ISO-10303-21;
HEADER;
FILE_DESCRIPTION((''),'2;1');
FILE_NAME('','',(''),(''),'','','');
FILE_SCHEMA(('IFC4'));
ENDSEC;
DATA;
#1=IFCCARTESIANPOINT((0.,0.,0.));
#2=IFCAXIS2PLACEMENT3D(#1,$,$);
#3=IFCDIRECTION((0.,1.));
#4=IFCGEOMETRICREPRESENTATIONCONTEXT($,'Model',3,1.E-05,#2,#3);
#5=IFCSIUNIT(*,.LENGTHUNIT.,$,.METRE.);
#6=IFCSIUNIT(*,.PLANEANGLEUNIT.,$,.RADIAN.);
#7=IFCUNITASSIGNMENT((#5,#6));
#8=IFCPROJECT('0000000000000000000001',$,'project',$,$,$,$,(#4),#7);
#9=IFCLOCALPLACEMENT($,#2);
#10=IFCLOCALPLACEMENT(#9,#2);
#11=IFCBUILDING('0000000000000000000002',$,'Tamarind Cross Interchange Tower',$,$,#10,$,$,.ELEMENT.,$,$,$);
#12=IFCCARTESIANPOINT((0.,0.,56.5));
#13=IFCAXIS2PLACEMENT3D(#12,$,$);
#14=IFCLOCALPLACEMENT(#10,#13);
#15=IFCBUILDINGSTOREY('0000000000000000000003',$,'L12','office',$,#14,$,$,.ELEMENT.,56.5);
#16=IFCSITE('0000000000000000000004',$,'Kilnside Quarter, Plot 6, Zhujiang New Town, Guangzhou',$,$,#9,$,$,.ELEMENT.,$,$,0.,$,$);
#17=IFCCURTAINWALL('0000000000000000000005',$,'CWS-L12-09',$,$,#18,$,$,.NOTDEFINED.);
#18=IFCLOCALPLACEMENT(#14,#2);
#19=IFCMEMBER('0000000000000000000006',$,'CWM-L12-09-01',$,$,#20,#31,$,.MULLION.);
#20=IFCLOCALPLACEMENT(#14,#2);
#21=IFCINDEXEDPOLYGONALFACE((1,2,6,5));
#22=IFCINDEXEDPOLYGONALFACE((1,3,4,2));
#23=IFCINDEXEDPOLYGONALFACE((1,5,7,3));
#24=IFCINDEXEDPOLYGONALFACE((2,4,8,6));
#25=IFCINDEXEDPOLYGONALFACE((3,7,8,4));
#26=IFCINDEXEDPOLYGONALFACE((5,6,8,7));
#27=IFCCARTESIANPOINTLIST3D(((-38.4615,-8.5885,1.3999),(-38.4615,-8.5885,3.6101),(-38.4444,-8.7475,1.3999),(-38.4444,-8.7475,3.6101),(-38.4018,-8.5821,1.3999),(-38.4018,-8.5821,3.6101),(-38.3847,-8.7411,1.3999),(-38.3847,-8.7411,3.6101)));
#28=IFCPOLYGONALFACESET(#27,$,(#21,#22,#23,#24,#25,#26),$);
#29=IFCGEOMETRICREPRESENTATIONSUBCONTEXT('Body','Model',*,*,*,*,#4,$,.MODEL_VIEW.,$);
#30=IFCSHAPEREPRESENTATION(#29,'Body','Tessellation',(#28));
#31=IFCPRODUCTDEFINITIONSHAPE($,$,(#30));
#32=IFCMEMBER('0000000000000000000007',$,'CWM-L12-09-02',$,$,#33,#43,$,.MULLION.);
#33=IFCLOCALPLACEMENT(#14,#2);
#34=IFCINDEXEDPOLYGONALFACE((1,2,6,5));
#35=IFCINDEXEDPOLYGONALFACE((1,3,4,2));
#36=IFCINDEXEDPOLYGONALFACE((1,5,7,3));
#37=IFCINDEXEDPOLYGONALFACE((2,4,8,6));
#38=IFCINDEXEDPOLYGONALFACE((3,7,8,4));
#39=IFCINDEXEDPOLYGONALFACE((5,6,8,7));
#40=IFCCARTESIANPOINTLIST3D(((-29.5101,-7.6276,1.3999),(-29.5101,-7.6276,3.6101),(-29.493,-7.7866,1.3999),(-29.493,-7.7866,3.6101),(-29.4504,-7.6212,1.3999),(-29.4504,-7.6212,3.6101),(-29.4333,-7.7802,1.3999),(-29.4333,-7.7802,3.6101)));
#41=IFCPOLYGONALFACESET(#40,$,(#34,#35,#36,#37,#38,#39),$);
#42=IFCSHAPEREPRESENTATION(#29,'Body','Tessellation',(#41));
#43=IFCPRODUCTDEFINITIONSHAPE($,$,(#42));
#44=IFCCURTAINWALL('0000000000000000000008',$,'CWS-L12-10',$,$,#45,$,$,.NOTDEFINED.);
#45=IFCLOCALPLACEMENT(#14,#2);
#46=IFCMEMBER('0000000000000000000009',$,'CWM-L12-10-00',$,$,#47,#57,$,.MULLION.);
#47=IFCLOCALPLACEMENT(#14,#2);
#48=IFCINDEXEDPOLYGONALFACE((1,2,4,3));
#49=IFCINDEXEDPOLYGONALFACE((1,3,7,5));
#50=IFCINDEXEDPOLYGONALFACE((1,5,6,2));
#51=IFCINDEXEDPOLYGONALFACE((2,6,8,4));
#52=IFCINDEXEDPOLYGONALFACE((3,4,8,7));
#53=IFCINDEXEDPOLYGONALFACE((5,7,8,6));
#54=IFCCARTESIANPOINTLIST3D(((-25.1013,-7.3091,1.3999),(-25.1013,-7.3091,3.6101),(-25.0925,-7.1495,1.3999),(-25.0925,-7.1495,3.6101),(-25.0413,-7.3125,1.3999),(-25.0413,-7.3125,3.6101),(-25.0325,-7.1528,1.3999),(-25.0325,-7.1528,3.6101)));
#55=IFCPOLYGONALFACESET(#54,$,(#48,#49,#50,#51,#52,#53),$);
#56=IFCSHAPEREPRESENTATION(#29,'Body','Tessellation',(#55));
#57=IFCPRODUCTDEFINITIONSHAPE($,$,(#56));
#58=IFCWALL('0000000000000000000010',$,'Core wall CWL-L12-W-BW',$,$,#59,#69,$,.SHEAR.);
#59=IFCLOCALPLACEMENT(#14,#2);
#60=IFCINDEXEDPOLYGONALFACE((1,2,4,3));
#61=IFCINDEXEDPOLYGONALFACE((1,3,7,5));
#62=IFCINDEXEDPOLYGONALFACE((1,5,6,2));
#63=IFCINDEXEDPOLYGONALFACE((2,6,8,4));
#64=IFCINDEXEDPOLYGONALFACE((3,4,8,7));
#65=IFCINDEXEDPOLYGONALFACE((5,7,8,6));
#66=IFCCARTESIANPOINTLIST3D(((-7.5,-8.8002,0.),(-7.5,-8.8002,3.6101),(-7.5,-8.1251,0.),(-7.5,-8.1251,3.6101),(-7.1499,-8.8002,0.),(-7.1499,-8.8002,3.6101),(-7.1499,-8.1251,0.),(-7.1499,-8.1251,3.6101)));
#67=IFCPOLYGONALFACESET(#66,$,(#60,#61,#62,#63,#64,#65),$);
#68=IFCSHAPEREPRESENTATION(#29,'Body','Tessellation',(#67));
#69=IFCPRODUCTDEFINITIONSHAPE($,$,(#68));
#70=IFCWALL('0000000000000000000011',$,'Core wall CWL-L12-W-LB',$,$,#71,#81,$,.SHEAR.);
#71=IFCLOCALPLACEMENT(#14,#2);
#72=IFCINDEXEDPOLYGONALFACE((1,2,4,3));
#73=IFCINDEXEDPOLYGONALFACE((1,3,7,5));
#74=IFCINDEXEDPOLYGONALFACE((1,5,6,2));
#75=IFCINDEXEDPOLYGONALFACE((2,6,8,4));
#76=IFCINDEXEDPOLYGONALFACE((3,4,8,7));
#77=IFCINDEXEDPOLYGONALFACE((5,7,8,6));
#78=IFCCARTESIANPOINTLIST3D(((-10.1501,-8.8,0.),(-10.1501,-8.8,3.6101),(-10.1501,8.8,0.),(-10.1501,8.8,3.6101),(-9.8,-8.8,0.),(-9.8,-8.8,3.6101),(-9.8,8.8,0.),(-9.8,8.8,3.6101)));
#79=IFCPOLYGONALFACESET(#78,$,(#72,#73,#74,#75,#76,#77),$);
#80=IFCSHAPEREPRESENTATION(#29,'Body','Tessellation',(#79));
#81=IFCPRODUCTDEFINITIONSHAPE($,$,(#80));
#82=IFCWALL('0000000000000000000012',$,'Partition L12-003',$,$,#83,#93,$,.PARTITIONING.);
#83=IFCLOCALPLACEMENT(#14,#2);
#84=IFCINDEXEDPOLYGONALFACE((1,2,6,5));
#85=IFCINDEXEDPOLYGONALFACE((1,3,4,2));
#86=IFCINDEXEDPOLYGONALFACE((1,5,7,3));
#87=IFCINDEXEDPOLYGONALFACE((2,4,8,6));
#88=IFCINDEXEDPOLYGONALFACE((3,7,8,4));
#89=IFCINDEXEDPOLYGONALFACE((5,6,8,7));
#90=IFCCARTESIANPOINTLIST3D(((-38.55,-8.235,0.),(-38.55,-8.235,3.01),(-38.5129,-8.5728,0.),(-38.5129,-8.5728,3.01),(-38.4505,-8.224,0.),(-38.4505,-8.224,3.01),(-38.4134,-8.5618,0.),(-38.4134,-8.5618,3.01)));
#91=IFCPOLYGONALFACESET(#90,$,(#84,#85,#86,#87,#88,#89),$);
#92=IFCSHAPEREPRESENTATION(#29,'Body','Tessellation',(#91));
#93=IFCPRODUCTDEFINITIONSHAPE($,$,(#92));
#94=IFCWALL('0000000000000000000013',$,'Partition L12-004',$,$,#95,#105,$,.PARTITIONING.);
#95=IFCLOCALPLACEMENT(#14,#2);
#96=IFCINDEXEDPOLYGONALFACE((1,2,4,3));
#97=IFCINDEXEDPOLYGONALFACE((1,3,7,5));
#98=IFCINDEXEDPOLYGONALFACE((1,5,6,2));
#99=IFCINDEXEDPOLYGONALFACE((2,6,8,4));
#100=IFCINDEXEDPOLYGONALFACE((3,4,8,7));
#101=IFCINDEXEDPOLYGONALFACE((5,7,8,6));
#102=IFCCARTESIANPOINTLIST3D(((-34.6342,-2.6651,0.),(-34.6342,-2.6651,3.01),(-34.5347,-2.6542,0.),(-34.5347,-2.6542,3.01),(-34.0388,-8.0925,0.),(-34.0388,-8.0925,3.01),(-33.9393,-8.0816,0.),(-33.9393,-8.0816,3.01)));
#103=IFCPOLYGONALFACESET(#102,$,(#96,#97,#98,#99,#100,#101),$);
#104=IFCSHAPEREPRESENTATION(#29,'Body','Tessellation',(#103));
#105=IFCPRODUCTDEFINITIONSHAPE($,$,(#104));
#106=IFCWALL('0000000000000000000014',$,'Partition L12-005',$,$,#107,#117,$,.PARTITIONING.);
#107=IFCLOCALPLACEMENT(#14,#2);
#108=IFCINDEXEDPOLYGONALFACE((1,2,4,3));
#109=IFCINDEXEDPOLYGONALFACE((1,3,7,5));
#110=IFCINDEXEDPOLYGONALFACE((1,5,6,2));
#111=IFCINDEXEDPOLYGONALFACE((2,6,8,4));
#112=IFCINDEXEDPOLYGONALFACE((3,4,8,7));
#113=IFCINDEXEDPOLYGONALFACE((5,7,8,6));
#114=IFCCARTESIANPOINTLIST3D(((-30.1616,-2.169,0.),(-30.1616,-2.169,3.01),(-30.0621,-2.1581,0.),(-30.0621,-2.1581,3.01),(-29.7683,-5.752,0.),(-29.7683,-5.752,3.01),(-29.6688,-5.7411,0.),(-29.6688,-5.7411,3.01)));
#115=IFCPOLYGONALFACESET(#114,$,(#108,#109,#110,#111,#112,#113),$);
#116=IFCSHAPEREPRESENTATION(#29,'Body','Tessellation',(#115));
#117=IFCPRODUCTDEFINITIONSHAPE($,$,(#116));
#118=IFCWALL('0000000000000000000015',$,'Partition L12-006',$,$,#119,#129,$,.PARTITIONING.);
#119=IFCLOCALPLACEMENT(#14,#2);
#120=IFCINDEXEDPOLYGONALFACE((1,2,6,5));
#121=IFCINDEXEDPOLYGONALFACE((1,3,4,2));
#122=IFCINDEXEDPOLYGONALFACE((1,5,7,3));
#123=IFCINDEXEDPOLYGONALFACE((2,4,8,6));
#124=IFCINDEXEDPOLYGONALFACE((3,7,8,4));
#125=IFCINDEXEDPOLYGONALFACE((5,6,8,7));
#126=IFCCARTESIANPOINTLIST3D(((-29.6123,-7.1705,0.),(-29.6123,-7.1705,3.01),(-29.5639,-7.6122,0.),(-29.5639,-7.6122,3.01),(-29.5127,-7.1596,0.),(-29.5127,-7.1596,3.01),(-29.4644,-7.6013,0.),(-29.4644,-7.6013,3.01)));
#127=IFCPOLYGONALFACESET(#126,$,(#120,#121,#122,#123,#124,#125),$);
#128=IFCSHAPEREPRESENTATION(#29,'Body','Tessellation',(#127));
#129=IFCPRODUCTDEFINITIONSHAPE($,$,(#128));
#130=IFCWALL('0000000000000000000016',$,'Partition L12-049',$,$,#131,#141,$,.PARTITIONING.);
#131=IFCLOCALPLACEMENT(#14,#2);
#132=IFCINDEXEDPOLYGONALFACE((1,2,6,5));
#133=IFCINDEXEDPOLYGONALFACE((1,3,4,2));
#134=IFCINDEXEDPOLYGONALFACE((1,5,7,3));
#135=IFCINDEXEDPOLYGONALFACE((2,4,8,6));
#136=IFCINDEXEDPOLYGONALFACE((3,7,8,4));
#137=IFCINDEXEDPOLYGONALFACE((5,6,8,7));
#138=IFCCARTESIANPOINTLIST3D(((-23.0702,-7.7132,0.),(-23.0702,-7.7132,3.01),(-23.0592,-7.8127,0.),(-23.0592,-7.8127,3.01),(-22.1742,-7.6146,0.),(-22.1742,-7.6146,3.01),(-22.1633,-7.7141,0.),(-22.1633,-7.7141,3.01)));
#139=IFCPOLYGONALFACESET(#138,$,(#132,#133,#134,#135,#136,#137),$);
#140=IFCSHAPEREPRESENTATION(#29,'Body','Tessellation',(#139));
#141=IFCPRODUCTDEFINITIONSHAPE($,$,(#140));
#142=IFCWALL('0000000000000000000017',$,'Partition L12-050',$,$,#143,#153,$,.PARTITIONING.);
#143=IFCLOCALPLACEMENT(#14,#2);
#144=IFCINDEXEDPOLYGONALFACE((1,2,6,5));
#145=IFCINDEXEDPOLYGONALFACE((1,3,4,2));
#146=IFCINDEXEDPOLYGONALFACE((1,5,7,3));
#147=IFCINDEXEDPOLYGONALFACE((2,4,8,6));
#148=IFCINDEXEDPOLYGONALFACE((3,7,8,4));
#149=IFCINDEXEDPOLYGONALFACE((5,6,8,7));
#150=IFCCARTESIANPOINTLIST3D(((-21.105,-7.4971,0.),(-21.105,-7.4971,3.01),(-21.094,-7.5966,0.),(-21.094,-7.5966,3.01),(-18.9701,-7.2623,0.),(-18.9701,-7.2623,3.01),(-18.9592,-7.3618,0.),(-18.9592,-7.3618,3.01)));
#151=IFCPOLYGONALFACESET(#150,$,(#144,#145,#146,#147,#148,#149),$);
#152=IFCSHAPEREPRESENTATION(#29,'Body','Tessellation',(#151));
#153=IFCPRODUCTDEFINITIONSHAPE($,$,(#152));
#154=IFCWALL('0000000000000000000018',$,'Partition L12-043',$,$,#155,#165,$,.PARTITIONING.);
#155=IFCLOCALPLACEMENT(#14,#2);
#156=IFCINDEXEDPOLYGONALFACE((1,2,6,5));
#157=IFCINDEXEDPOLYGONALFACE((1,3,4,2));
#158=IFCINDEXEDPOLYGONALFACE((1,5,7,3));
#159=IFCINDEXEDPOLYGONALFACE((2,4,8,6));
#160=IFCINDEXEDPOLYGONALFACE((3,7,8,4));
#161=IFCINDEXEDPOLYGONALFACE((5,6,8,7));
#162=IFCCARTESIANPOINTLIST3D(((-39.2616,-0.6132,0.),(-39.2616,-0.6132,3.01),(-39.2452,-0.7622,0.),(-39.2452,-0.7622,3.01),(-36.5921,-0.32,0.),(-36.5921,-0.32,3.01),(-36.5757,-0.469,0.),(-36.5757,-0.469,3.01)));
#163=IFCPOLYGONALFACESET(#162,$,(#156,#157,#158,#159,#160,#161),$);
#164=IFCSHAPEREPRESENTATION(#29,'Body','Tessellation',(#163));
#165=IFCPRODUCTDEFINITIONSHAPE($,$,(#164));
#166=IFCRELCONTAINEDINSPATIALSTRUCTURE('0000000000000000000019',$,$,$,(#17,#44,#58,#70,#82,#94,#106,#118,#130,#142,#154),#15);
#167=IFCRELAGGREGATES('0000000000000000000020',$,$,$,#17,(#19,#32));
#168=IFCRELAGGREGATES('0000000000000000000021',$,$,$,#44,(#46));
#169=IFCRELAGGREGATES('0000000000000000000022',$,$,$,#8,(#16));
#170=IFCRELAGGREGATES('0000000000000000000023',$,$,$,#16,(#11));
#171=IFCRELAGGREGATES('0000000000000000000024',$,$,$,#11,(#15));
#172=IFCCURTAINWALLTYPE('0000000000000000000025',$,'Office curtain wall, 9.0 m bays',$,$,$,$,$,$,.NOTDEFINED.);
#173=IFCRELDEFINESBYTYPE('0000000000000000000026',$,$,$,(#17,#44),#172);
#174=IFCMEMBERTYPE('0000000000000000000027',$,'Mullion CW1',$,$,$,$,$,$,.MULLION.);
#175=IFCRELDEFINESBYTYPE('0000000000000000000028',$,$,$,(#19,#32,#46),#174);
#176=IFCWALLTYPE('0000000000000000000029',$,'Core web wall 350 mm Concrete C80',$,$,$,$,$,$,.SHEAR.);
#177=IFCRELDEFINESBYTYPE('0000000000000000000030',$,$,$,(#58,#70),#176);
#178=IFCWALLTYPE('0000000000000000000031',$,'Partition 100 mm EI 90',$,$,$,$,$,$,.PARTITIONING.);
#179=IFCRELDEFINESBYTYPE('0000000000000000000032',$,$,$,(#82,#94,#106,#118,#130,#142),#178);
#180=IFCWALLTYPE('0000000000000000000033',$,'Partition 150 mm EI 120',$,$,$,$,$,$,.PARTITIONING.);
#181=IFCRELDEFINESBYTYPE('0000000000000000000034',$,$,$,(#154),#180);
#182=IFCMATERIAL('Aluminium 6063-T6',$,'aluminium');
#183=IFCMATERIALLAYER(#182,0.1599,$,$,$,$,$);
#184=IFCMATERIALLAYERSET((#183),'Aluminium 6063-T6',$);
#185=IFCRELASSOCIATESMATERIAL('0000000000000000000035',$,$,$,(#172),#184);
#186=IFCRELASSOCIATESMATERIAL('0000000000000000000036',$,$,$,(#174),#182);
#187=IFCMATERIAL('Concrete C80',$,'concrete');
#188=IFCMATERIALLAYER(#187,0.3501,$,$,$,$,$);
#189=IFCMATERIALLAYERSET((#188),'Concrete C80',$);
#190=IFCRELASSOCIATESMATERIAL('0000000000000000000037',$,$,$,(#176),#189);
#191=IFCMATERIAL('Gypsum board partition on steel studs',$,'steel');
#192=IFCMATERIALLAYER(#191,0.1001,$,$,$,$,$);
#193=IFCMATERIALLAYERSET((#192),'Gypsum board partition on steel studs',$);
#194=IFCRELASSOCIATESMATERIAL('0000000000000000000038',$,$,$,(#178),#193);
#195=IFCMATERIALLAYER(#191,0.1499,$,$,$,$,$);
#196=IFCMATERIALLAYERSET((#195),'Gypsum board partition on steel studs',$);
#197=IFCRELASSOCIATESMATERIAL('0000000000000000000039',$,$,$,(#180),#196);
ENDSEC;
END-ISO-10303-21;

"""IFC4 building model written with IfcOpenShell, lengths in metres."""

from ifc_helpers import new_model, si_unit, direction, frame, frame_2d, origin, origin_2d, place, context, subcontext, project, spatial, rectangle, extrude, material, layer, layer_set, material_profile, profile_set, type_object, element, aggregate, save


model = new_model("IFC4")

# Units and contexts
model_context = context("Model", 3, precision=1e-05, world=origin(), true_north=direction((0.0, 1.0)))
body_context = subcontext(model_context, "Body", "Model", "MODEL_VIEW")
ifc_project = project(units=[si_unit("LENGTHUNIT", "METRE"), si_unit("PLANEANGLEUNIT", "RADIAN")], contexts=[model_context])

# Site, building, storey
site_placement = place(None, origin())
site = spatial("IfcSite", under=ifc_project, at=site_placement, Name="Kilnside Quarter, Plot 6, Zhujiang New Town, Guangzhou", CompositionType="ELEMENT", RefElevation=0.0)
building_placement = place(site_placement, origin())
building = spatial("IfcBuilding", under=site, at=building_placement, Name="Tamarind Cross Interchange Tower", CompositionType="ELEMENT")
storey_placement = place(building_placement, frame((0.0, 0.0, 56.5)))
storey = spatial("IfcBuildingStorey", under=building, at=storey_placement, Name="L12", Description="office", CompositionType="ELEMENT", Elevation=56.5)

# Curtain wall, members
ifc_material_1 = material(Name="Aluminium 6063-T6", Category="aluminium")
ifc_layer_1 = layer(ifc_material_1, 0.1599)
ifc_layer_set_1 = layer_set([ifc_layer_1], Name="Aluminium 6063-T6")
curtain_wall_type = type_object("IfcCurtainWallType", Name="Office curtain wall, 9.0 m bays", PredefinedType="NOTDEFINED", material=ifc_layer_set_1)
curtain_wall_1_placement = place(storey_placement, origin())
curtain_wall_1 = element("IfcCurtainWall", 1, at=curtain_wall_1_placement, inside=storey, type_object=curtain_wall_type, Name="CWS-L12-09", PredefinedType="NOTDEFINED")
ifc_material_profile_1 = material_profile(ifc_material_1, rectangle(XDim=0.0601, YDim=0.1599, at=origin_2d()), Name="Mullion CW1")
ifc_profile_set_1 = profile_set([ifc_material_profile_1], Name="Aluminium 6063-T6")
member_type = type_object("IfcMemberType", Name="Mullion CW1", PredefinedType="MULLION", material=ifc_profile_set_1)
member_1_placement = place(storey_placement, frame((-38.4231, -8.6648, 1.3999), z_axis=(0.0, 0.0, 1.0), x_axis=(0.994287, 0.106744, 0.0)))
member_1 = element("IfcMember", 2, at=member_1_placement, type_object=member_type, Name="CWM-L12-09-01", PredefinedType="MULLION", context=body_context, shape_type="SweptSolid", body=[
    extrude(rectangle(XDim=0.0601, YDim=0.1599, at=origin_2d()), origin(), (0.0, 0.0, 1.0), 2.2102),
])
member_2_placement = place(storey_placement, frame((-29.4717, -7.7039, 1.3999), z_axis=(0.0, 0.0, 1.0), x_axis=(0.994287, 0.106744, 0.0)))
member_2 = element("IfcMember", 3, at=member_2_placement, type_object=member_type, Name="CWM-L12-09-02", PredefinedType="MULLION", context=body_context, shape_type="SweptSolid", body=[
    extrude(rectangle(XDim=0.0601, YDim=0.1599, at=origin_2d()), origin(), (0.0, 0.0, 1.0), 2.2102),
])
aggregate(curtain_wall_1, [member_1, member_2])

# Curtain wall, member
curtain_wall_2_placement = place(storey_placement, origin())
curtain_wall_2 = element("IfcCurtainWall", 4, at=curtain_wall_2_placement, inside=storey, type_object=curtain_wall_type, Name="CWS-L12-10", PredefinedType="NOTDEFINED")
member_3_placement = place(storey_placement, frame((-25.0669, -7.231, 1.3999), z_axis=(0.0, 0.0, 1.0), x_axis=(0.998469, -0.055315, 0.0)))
member_3 = element("IfcMember", 5, at=member_3_placement, type_object=member_type, Name="CWM-L12-10-00", PredefinedType="MULLION", context=body_context, shape_type="SweptSolid", body=[
    extrude(rectangle(XDim=0.0601, YDim=0.1599, at=origin_2d()), origin(), (0.0, 0.0, 1.0), 2.2102),
])
aggregate(curtain_wall_2, [member_3])

# Walls
ifc_material_2 = material(Name="Concrete C80", Category="concrete")
ifc_layer_2 = layer(ifc_material_2, 0.3501)
ifc_layer_set_2 = layer_set([ifc_layer_2], Name="Concrete C80")
wall_type_1 = type_object("IfcWallType", Name="Core web wall 350 mm Concrete C80", PredefinedType="SHEAR", material=ifc_layer_set_2)
wall_1_placement = place(storey_placement, frame((-7.325, -8.8, 0.0), z_axis=(0.0, 0.0, 1.0), x_axis=(0.0, 1.0, 0.0)))
element("IfcWall", 6, at=wall_1_placement, inside=storey, type_object=wall_type_1, Name="Core wall CWL-L12-W-BW", PredefinedType="SHEAR", context=body_context, shape_type="SweptSolid", body=[
    extrude(rectangle(XDim=0.675, YDim=0.3501, at=frame_2d((0.3374, 0.0))), origin(), (0.0, 0.0, 1.0), 3.6101),
])
wall_2_placement = place(storey_placement, frame((-9.9751, -8.8, 0.0), z_axis=(0.0, 0.0, 1.0), x_axis=(0.0, 1.0, 0.0)))
element("IfcWall", 7, at=wall_2_placement, inside=storey, type_object=wall_type_1, Name="Core wall CWL-L12-W-LB", PredefinedType="SHEAR", context=body_context, shape_type="SweptSolid", body=[
    extrude(rectangle(XDim=17.6001, YDim=0.3501, at=frame_2d((8.8, 0.0))), origin(), (0.0, 0.0, 1.0), 3.6101),
])
ifc_material_3 = material(Name="Gypsum board partition on steel studs", Category="steel")
ifc_layer_3 = layer(ifc_material_3, 0.1001)
ifc_layer_set_3 = layer_set([ifc_layer_3], Name="Gypsum board partition on steel studs")
wall_type_2 = type_object("IfcWallType", Name="Partition 100 mm EI 90", PredefinedType="PARTITIONING", material=ifc_layer_set_3)
wall_3_placement = place(storey_placement, frame((-38.5002, -8.2295, 0.0), z_axis=(0.0, 0.0, 1.0), x_axis=(0.10917, -0.994023, 0.0)))
element("IfcWall", 8, at=wall_3_placement, inside=storey, type_object=wall_type_2, Name="Partition L12-003", PredefinedType="PARTITIONING", context=body_context, shape_type="SweptSolid", body=[
    extrude(rectangle(XDim=0.3398, YDim=0.1001, at=frame_2d((0.1699, 0.0))), origin(), (0.0, 0.0, 1.0), 3.01),
])
wall_4_placement = place(storey_placement, frame((-34.5845, -2.6597, 0.0), z_axis=(0.0, 0.0, 1.0), x_axis=(0.109057, -0.994035, 0.0)))
element("IfcWall", 9, at=wall_4_placement, inside=storey, type_object=wall_type_2, Name="Partition L12-004", PredefinedType="PARTITIONING", context=body_context, shape_type="SweptSolid", body=[
    extrude(rectangle(XDim=5.46, YDim=0.1001, at=frame_2d((2.73, 0.0))), origin(), (0.0, 0.0, 1.0), 3.01),
])
wall_5_placement = place(storey_placement, frame((-30.1118, -2.1636, 0.0), z_axis=(0.0, 0.0, 1.0), x_axis=(0.109116, -0.994029, 0.0)))
element("IfcWall", 10, at=wall_5_placement, inside=storey, type_object=wall_type_2, Name="Partition L12-005", PredefinedType="PARTITIONING", context=body_context, shape_type="SweptSolid", body=[
    extrude(rectangle(XDim=3.6045, YDim=0.1001, at=frame_2d((1.8022, 0.0))), origin(), (0.0, 0.0, 1.0), 3.01),
])
wall_6_placement = place(storey_placement, frame((-29.5625, -7.165, 0.0), z_axis=(0.0, 0.0, 1.0), x_axis=(0.108803, -0.994063, 0.0)))
element("IfcWall", 11, at=wall_6_placement, inside=storey, type_object=wall_type_2, Name="Partition L12-006", PredefinedType="PARTITIONING", context=body_context, shape_type="SweptSolid", body=[
    extrude(rectangle(XDim=0.4443, YDim=0.1001, at=frame_2d((0.2222, 0.0))), origin(), (0.0, 0.0, 1.0), 3.01),
])
wall_7_placement = place(storey_placement, frame((-23.0647, -7.7629, 0.0), z_axis=(0.0, 0.0, 1.0), x_axis=(0.993996, 0.109421, 0.0)))
element("IfcWall", 12, at=wall_7_placement, inside=storey, type_object=wall_type_2, Name="Partition L12-049", PredefinedType="PARTITIONING", context=body_context, shape_type="SweptSolid", body=[
    extrude(rectangle(XDim=0.9014, YDim=0.1001, at=frame_2d((0.4507, 0.0))), origin(), (0.0, 0.0, 1.0), 3.01),
])
wall_8_placement = place(storey_placement, frame((-21.0994, -7.5469, 0.0), z_axis=(0.0, 0.0, 1.0), x_axis=(0.994002, 0.109358, 0.0)))
element("IfcWall", 13, at=wall_8_placement, inside=storey, type_object=wall_type_2, Name="Partition L12-050", PredefinedType="PARTITIONING", context=body_context, shape_type="SweptSolid", body=[
    extrude(rectangle(XDim=2.1477, YDim=0.1001, at=frame_2d((1.0737, 0.0))), origin(), (0.0, 0.0, 1.0), 3.01),
])
ifc_layer_4 = layer(ifc_material_3, 0.1499)
ifc_layer_set_4 = layer_set([ifc_layer_4], Name="Gypsum board partition on steel studs")
wall_type_3 = type_object("IfcWallType", Name="Partition 150 mm EI 120", PredefinedType="PARTITIONING", material=ifc_layer_set_4)
wall_9_placement = place(storey_placement, frame((-39.2534, -0.6877, 0.0), z_axis=(0.0, 0.0, 1.0), x_axis=(0.994022, 0.109184, 0.0)))
element("IfcWall", 14, at=wall_9_placement, inside=storey, type_object=wall_type_3, Name="Partition L12-043", PredefinedType="PARTITIONING", context=body_context, shape_type="SweptSolid", body=[
    extrude(rectangle(XDim=2.6855, YDim=0.1499, at=frame_2d((1.3428, 0.0))), origin(), (0.0, 0.0, 1.0), 3.01),
])

save(model, "model.ifc")
